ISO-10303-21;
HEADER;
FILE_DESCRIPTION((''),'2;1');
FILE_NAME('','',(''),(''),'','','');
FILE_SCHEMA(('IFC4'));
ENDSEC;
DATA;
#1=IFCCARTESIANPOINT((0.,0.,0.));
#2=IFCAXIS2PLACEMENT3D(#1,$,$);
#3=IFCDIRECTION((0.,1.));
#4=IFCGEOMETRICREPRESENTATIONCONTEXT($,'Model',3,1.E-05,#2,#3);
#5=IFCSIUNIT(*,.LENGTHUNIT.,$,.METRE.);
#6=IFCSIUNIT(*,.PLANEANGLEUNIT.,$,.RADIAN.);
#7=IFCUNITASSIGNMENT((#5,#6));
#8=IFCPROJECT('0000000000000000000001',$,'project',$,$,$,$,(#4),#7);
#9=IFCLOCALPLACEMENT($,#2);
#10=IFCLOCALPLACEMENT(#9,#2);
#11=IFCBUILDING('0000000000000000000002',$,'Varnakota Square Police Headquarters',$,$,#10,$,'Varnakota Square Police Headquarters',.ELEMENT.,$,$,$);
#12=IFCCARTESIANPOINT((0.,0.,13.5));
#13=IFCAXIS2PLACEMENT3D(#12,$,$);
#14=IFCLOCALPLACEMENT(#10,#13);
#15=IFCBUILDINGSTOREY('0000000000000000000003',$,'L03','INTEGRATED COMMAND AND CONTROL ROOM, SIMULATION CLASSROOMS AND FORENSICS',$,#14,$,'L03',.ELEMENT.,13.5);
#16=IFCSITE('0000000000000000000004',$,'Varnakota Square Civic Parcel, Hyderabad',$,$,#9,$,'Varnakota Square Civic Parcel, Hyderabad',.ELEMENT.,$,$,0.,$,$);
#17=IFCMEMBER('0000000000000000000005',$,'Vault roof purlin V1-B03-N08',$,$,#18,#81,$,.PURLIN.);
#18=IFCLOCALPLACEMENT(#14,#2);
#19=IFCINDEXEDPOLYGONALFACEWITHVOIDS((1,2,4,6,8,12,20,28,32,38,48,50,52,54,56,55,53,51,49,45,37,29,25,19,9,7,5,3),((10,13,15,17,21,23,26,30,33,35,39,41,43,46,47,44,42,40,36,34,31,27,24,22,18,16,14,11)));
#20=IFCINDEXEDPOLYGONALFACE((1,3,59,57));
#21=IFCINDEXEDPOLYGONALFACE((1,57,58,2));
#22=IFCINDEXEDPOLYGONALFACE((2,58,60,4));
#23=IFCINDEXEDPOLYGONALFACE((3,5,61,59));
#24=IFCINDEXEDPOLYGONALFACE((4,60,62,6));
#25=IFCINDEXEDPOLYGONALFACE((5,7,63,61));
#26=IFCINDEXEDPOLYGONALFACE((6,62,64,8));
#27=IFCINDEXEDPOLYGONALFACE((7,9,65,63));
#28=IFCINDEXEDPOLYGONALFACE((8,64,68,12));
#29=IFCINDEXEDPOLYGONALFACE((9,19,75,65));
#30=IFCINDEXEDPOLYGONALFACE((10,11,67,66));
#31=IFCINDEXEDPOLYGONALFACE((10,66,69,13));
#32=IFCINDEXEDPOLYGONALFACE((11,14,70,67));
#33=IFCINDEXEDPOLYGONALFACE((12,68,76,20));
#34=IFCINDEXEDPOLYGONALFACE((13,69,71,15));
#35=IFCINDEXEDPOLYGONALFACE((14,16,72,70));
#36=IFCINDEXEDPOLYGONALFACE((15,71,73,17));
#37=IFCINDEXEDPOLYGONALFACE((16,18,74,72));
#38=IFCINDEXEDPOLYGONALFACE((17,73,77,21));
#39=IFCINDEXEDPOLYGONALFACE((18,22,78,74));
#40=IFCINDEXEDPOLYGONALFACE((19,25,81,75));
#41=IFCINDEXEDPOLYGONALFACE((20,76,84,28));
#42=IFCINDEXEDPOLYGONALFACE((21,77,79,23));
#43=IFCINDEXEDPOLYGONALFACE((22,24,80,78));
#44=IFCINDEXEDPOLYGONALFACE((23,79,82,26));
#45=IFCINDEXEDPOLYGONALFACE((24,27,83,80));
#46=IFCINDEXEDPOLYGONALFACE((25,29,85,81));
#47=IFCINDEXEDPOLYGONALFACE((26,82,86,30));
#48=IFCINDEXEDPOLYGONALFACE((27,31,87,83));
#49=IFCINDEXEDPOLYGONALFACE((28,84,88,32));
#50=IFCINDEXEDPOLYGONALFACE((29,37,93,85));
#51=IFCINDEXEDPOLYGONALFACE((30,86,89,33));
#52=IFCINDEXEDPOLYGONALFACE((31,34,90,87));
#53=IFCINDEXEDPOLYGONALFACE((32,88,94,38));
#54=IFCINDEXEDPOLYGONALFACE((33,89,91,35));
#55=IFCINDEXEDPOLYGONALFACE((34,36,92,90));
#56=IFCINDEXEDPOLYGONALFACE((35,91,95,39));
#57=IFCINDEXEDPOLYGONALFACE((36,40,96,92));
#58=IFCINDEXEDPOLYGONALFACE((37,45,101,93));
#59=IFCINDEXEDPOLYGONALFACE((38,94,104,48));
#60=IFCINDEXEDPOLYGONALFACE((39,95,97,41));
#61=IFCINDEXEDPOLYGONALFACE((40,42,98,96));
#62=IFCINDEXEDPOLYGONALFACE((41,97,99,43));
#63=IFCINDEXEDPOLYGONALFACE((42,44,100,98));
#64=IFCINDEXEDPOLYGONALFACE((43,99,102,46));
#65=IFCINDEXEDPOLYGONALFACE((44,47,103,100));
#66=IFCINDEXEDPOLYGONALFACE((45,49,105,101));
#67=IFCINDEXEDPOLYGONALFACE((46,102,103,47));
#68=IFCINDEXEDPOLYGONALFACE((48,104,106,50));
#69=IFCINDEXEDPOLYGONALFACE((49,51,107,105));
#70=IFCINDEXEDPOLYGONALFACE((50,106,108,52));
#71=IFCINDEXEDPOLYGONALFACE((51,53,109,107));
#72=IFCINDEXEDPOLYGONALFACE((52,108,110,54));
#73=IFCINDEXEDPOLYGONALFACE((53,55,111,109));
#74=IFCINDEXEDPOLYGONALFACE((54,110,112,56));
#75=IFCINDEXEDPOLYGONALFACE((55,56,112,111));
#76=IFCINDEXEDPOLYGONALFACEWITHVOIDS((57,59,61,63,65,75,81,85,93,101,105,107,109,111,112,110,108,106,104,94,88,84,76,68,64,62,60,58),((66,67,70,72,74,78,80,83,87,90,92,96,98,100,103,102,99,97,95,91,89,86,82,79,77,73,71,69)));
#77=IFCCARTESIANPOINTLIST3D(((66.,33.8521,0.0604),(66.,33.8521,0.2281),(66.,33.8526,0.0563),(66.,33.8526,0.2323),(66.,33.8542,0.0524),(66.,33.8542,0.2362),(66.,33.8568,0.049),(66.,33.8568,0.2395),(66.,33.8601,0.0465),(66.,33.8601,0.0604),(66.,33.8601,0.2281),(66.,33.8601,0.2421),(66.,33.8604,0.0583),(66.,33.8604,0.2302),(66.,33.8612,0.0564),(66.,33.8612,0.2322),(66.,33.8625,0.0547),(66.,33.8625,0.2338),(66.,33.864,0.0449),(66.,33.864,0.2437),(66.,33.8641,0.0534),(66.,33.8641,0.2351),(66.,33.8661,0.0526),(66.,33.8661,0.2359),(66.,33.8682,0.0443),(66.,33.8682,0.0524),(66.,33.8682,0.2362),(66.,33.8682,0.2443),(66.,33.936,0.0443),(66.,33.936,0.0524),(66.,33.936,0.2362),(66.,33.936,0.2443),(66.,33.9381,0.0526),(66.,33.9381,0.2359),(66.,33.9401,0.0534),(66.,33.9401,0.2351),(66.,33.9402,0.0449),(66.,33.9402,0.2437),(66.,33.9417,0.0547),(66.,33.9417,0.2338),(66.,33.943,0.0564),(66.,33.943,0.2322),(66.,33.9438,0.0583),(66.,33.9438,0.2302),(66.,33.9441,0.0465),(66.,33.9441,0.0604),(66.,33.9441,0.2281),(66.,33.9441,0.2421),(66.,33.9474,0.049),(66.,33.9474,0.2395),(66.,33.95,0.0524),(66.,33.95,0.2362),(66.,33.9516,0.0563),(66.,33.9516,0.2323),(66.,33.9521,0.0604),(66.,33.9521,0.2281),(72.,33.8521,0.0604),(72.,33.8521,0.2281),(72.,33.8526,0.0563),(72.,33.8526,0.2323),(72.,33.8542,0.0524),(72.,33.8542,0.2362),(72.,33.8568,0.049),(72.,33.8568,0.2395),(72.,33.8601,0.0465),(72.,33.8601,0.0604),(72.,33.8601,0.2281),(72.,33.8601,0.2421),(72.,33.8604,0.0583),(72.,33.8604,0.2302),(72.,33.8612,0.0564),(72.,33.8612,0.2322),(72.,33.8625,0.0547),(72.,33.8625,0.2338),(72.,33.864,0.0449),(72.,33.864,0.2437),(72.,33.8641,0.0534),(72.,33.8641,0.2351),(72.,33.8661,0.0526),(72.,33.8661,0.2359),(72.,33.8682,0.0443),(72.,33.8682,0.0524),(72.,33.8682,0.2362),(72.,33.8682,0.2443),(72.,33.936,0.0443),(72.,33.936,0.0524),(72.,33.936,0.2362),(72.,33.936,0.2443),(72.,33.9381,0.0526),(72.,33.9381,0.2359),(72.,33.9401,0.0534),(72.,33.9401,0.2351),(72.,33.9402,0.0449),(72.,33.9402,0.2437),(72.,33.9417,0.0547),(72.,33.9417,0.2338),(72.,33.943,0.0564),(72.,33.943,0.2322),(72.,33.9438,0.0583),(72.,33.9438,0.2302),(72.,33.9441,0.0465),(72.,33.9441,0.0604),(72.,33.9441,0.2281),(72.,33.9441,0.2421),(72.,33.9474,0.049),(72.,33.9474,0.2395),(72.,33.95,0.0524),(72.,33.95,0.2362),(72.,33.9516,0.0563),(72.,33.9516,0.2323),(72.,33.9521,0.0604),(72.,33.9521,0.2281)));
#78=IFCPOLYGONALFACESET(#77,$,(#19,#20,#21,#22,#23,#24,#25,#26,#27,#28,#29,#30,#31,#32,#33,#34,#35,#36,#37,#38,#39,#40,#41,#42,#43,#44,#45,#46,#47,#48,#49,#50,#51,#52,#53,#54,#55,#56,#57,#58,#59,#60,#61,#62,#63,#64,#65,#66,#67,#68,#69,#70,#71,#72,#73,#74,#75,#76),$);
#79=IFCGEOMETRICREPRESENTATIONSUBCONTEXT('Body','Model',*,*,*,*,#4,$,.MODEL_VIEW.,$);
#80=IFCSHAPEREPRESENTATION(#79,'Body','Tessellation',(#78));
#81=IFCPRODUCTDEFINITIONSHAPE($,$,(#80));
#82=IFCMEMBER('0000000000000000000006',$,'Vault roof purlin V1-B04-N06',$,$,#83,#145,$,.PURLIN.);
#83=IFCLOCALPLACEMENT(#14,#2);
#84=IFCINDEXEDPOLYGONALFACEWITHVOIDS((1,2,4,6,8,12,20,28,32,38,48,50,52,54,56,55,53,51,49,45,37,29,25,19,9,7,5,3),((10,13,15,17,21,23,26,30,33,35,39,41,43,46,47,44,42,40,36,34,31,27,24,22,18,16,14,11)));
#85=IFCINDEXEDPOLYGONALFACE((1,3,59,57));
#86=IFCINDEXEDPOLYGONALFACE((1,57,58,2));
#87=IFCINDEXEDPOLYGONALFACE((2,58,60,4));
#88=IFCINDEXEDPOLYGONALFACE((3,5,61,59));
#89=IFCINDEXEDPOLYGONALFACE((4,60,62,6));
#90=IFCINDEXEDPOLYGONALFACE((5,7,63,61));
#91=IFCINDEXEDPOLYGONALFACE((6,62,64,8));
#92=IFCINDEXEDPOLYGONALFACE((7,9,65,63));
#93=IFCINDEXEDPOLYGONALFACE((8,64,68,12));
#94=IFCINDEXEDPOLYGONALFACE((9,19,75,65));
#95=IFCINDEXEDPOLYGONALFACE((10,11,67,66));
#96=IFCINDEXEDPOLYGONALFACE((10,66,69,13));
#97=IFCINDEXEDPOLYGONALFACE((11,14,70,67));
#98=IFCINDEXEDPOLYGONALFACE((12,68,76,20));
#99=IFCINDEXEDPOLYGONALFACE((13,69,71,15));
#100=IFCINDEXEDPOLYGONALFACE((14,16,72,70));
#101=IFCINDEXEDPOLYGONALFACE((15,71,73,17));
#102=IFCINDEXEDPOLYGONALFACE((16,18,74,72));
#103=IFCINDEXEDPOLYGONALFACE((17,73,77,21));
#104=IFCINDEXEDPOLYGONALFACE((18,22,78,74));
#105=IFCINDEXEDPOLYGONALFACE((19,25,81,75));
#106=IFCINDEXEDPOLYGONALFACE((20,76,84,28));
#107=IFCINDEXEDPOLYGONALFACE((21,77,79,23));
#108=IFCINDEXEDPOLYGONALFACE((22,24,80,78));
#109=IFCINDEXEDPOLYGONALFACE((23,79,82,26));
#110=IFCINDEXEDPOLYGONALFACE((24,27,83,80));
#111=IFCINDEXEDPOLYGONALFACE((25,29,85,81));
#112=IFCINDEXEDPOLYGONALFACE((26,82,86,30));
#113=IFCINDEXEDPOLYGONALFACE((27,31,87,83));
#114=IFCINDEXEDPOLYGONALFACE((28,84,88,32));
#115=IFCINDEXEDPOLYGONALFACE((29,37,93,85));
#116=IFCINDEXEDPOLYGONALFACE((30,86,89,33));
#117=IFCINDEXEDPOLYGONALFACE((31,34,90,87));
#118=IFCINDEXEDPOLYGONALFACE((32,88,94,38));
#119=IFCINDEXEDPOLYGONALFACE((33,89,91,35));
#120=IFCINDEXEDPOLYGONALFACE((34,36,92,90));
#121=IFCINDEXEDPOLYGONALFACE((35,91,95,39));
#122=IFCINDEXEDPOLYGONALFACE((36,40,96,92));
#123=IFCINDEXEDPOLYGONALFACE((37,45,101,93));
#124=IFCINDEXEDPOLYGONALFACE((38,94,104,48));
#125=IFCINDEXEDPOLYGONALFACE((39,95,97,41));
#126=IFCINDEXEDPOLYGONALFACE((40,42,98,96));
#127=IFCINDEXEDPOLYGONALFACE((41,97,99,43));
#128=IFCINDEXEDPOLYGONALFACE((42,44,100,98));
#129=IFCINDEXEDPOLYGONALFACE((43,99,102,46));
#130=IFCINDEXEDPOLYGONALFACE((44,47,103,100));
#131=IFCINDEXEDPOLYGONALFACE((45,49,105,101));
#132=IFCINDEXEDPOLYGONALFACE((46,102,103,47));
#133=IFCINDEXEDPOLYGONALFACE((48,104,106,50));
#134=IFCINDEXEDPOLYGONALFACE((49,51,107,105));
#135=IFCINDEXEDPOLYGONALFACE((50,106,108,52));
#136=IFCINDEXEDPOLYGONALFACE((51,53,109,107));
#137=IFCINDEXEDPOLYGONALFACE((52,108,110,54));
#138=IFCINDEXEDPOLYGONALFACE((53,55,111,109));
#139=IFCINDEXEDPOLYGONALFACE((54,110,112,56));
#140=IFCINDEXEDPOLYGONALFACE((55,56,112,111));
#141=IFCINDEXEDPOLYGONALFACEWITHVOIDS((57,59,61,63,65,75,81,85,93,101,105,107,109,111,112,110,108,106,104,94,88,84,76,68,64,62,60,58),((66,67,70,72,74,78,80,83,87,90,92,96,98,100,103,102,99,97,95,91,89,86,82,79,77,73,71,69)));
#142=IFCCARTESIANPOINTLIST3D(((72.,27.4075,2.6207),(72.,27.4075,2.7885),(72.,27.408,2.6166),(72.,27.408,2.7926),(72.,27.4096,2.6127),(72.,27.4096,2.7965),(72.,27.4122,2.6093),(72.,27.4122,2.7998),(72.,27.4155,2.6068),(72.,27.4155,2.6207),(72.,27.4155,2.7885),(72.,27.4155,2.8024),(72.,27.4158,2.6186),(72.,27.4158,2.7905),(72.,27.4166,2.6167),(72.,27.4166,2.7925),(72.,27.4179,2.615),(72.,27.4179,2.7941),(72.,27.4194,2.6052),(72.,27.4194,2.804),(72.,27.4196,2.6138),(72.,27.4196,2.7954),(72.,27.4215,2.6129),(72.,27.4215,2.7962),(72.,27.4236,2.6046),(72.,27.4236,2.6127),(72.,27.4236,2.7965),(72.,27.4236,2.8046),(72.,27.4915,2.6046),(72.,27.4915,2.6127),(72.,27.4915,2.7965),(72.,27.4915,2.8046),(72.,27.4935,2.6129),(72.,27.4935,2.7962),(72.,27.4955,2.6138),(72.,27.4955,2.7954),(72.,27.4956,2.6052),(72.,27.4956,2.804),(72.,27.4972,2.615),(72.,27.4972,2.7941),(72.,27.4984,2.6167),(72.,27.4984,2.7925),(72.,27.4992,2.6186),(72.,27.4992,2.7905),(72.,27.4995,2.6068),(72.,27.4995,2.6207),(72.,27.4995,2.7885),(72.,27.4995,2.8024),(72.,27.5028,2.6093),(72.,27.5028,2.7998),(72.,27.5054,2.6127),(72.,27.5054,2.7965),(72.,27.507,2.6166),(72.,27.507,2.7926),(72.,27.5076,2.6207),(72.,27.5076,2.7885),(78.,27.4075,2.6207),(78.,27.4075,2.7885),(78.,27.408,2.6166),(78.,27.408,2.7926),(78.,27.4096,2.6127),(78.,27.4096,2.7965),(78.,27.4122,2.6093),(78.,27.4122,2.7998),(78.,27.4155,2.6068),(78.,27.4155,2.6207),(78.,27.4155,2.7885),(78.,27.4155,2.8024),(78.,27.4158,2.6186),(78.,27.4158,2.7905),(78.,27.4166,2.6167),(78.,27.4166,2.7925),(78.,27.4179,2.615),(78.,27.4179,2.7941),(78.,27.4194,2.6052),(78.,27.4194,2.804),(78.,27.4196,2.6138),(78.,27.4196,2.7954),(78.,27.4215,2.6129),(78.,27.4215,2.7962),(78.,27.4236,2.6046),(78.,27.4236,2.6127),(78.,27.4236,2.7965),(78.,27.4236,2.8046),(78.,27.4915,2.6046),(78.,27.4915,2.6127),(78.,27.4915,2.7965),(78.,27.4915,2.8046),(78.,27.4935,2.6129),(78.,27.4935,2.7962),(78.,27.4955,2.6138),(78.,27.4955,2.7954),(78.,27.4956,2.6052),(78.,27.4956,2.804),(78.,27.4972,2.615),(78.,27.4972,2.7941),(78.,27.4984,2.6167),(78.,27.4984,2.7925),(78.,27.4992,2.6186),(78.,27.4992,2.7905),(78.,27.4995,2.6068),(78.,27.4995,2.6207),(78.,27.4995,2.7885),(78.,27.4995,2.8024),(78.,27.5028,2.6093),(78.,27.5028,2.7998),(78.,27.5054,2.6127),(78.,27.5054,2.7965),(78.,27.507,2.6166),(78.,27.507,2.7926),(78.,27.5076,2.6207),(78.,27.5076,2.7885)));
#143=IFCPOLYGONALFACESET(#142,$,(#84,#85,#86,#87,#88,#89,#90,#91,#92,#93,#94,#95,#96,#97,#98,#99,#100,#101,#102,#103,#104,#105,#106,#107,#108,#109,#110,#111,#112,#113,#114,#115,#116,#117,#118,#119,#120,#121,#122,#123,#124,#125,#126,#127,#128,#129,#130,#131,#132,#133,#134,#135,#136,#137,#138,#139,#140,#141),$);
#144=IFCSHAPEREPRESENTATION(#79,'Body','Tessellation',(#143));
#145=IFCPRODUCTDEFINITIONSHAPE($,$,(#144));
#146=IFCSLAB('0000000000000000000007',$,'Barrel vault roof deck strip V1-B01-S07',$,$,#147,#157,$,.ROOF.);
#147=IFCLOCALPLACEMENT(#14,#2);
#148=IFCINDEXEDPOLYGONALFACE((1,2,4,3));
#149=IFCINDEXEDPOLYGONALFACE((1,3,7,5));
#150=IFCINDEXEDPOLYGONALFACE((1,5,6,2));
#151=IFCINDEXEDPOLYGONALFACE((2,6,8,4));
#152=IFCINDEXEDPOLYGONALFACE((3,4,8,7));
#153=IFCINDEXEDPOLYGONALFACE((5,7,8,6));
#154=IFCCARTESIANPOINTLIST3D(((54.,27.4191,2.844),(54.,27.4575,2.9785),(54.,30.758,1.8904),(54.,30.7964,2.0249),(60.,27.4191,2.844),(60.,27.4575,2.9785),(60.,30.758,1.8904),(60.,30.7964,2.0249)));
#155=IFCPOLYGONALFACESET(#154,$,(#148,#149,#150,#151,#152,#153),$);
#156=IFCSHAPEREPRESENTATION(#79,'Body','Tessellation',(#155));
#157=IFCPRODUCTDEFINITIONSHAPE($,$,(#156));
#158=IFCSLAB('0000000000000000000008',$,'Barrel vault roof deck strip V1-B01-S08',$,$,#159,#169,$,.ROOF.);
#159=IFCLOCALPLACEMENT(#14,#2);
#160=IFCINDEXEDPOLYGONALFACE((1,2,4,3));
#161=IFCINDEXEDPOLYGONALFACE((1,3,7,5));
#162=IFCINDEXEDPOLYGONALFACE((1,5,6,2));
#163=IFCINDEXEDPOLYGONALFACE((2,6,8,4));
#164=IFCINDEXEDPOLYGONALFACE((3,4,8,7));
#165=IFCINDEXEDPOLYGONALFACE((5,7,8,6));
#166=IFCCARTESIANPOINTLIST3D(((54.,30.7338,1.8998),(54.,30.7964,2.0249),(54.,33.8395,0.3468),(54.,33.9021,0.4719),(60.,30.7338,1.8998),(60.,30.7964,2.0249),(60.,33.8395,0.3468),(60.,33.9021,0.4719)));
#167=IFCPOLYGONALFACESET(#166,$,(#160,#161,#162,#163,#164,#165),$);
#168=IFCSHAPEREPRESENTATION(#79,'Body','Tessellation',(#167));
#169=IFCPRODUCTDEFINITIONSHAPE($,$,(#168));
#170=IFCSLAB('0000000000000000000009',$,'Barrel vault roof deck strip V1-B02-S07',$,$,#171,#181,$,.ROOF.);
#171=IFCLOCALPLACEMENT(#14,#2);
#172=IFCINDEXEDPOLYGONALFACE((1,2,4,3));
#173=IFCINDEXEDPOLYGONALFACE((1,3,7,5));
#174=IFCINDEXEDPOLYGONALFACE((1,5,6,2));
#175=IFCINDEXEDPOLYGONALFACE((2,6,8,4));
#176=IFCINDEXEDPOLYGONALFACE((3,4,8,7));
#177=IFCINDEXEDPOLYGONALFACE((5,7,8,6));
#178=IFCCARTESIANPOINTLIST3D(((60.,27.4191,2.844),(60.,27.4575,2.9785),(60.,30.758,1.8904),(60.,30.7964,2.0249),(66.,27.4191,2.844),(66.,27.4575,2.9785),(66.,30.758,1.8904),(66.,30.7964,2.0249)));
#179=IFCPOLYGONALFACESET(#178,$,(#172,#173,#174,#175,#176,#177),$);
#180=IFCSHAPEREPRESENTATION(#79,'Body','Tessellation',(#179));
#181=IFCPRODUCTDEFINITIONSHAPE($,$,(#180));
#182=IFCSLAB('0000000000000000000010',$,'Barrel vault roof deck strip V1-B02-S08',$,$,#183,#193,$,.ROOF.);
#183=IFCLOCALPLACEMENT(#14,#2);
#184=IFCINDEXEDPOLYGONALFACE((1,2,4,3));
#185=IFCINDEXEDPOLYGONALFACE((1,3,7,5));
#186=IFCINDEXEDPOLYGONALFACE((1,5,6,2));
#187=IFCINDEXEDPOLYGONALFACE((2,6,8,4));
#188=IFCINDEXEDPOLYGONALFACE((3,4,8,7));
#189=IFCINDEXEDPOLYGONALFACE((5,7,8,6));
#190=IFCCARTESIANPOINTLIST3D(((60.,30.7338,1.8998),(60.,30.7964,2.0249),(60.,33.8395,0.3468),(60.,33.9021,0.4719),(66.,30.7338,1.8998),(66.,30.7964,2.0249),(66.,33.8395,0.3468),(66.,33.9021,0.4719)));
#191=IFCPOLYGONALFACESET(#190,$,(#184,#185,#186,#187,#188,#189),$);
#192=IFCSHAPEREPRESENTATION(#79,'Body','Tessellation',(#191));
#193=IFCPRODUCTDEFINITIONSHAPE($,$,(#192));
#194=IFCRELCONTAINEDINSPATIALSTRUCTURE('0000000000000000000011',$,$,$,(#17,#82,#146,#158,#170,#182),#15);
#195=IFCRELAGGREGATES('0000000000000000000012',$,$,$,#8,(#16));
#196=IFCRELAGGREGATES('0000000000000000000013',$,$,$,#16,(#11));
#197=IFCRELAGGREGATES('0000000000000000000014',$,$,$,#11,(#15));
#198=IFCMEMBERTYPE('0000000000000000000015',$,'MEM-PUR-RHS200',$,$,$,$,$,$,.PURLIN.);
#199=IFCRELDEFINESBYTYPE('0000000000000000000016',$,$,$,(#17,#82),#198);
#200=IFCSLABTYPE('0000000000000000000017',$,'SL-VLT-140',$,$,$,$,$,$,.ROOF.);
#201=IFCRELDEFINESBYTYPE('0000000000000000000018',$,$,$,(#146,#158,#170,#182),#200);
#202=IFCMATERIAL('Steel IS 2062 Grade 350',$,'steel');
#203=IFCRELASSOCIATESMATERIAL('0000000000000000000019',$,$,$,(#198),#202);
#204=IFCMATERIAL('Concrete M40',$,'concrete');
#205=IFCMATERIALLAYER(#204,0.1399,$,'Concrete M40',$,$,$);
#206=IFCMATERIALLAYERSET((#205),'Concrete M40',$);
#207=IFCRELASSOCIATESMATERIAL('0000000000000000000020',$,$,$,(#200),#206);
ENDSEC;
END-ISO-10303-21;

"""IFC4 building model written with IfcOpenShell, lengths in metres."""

from ifc_helpers import new_model, si_unit, direction, frame, origin, origin_2d, place, context, subcontext, project, spatial, polyline, hollow_rectangle, outline, extrude, material, layer, layer_set, material_profile, profile_set, type_object, element, save


model = new_model("IFC4")

# Units and contexts
model_context = context("Model", 3, precision=1e-05, world=origin(), true_north=direction((0.0, 1.0)))
body_context = subcontext(model_context, "Body", "Model", "MODEL_VIEW")
ifc_project = project(units=[si_unit("LENGTHUNIT", "METRE"), si_unit("PLANEANGLEUNIT", "RADIAN")], contexts=[model_context])

# Site, building, storey
site_placement = place(None, origin())
site = spatial("IfcSite", under=ifc_project, at=site_placement, Name="Varnakota Square Civic Parcel, Hyderabad", LongName="Varnakota Square Civic Parcel, Hyderabad", CompositionType="ELEMENT", RefElevation=0.0)
building_placement = place(site_placement, origin())
building = spatial("IfcBuilding", under=site, at=building_placement, Name="Varnakota Square Police Headquarters", LongName="Varnakota Square Police Headquarters", CompositionType="ELEMENT")
storey_placement = place(building_placement, frame((0.0, 0.0, 13.5)))
storey = spatial("IfcBuildingStorey", under=building, at=storey_placement, Name="L03", Description="INTEGRATED COMMAND AND CONTROL ROOM, SIMULATION CLASSROOMS AND FORENSICS", LongName="L03", CompositionType="ELEMENT", Elevation=13.5)

# Shared definitions
ifc_material_1 = material(Name="Steel IS 2062 Grade 350", Category="steel")

# Members
ifc_material_profile_1 = material_profile(ifc_material_1, hollow_rectangle(XDim=0.1001, YDim=0.2, WallThickness=0.0081, InnerFilletRadius=0.0081, OuterFilletRadius=0.0161, at=origin_2d()), Name="RHS 200x100x8")
ifc_profile_set_1 = profile_set([ifc_material_profile_1], Name="Steel IS 2062 Grade 350")
member_type_1 = type_object("IfcMemberType", Name="MEM-PUR-RHS200", PredefinedType="PURLIN", material=ifc_profile_set_1)
for number, where, z_axis, x_axis, name in (
    (1, (66.0, 33.9021, 0.1443), (1.0, 0.0, 0.0), (0.0, 1.0, 0.0), "Vault roof purlin V1-B03-N08"),
    (2, (72.0, 27.4575, 2.7046), (1.0, 0.0, 0.0), (0.0, 1.0, 0.0), "Vault roof purlin V1-B04-N06"),
):
    element("IfcMember", number, at=place(storey_placement, frame(where, z_axis=z_axis, x_axis=x_axis)), inside=storey, type_object=member_type_1, Name=name, PredefinedType="PURLIN", context=body_context, shape_type="SweptSolid", body=[
        extrude(hollow_rectangle(XDim=0.1001, YDim=0.2, WallThickness=0.0081, InnerFilletRadius=0.0081, OuterFilletRadius=0.0161, at=origin_2d()), origin(), (0.0, 0.0, 1.0), 6.0),
    ])

# Slabs
ifc_material_2 = material(Name="Concrete M40", Category="concrete")
ifc_layer = layer(ifc_material_2, 0.1399, Name="Concrete M40")
ifc_layer_set = layer_set([ifc_layer], Name="Concrete M40")
slab_type = type_object("IfcSlabType", Name="SL-VLT-140", PredefinedType="ROOF", material=ifc_layer_set)
slab_1_placement = place(storey_placement, frame((54.0, 27.4575, 2.9785), z_axis=(0.0, 0.274628, 0.96155), x_axis=(1.0, 0.0, 0.0)))
element("IfcSlab", 3, at=slab_1_placement, inside=storey, type_object=slab_type, Name="Barrel vault roof deck strip V1-B01-S07", PredefinedType="ROOF", context=body_context, shape_type="SweptSolid", body=[
    extrude(outline(polyline([(0.0, 0.0), (6.0, 0.0), (6.0, 3.4724), (0.0, 3.4724), (0.0, 0.0)])), origin(), (0.0, 0.0, -1.0), 0.1399),
])
slab_2_placement = place(storey_placement, frame((54.0, 30.7964, 2.0249), z_axis=(0.0, 0.447242, 0.894413), x_axis=(1.0, 0.0, 0.0)))
element("IfcSlab", 4, at=slab_2_placement, inside=storey, type_object=slab_type, Name="Barrel vault roof deck strip V1-B01-S08", PredefinedType="ROOF", context=body_context, shape_type="SweptSolid", body=[
    extrude(outline(polyline([(0.0, 0.0), (6.0, 0.0), (6.0, 3.4723), (0.0, 3.4723), (0.0, 0.0)])), origin(), (0.0, 0.0, -1.0), 0.1399),
])
slab_3_placement = place(storey_placement, frame((60.0, 27.4575, 2.9785), z_axis=(0.0, 0.274628, 0.96155), x_axis=(1.0, 0.0, 0.0)))
element("IfcSlab", 5, at=slab_3_placement, inside=storey, type_object=slab_type, Name="Barrel vault roof deck strip V1-B02-S07", PredefinedType="ROOF", context=body_context, shape_type="SweptSolid", body=[
    extrude(outline(polyline([(0.0, 0.0), (6.0, 0.0), (6.0, 3.4724), (0.0, 3.4724), (0.0, 0.0)])), origin(), (0.0, 0.0, -1.0), 0.1399),
])
slab_4_placement = place(storey_placement, frame((60.0, 30.7964, 2.0249), z_axis=(0.0, 0.447242, 0.894413), x_axis=(1.0, 0.0, 0.0)))
element("IfcSlab", 6, at=slab_4_placement, inside=storey, type_object=slab_type, Name="Barrel vault roof deck strip V1-B02-S08", PredefinedType="ROOF", context=body_context, shape_type="SweptSolid", body=[
    extrude(outline(polyline([(0.0, 0.0), (6.0, 0.0), (6.0, 3.4723), (0.0, 3.4723), (0.0, 0.0)])), origin(), (0.0, 0.0, -1.0), 0.1399),
])

save(model, "model.ifc")
